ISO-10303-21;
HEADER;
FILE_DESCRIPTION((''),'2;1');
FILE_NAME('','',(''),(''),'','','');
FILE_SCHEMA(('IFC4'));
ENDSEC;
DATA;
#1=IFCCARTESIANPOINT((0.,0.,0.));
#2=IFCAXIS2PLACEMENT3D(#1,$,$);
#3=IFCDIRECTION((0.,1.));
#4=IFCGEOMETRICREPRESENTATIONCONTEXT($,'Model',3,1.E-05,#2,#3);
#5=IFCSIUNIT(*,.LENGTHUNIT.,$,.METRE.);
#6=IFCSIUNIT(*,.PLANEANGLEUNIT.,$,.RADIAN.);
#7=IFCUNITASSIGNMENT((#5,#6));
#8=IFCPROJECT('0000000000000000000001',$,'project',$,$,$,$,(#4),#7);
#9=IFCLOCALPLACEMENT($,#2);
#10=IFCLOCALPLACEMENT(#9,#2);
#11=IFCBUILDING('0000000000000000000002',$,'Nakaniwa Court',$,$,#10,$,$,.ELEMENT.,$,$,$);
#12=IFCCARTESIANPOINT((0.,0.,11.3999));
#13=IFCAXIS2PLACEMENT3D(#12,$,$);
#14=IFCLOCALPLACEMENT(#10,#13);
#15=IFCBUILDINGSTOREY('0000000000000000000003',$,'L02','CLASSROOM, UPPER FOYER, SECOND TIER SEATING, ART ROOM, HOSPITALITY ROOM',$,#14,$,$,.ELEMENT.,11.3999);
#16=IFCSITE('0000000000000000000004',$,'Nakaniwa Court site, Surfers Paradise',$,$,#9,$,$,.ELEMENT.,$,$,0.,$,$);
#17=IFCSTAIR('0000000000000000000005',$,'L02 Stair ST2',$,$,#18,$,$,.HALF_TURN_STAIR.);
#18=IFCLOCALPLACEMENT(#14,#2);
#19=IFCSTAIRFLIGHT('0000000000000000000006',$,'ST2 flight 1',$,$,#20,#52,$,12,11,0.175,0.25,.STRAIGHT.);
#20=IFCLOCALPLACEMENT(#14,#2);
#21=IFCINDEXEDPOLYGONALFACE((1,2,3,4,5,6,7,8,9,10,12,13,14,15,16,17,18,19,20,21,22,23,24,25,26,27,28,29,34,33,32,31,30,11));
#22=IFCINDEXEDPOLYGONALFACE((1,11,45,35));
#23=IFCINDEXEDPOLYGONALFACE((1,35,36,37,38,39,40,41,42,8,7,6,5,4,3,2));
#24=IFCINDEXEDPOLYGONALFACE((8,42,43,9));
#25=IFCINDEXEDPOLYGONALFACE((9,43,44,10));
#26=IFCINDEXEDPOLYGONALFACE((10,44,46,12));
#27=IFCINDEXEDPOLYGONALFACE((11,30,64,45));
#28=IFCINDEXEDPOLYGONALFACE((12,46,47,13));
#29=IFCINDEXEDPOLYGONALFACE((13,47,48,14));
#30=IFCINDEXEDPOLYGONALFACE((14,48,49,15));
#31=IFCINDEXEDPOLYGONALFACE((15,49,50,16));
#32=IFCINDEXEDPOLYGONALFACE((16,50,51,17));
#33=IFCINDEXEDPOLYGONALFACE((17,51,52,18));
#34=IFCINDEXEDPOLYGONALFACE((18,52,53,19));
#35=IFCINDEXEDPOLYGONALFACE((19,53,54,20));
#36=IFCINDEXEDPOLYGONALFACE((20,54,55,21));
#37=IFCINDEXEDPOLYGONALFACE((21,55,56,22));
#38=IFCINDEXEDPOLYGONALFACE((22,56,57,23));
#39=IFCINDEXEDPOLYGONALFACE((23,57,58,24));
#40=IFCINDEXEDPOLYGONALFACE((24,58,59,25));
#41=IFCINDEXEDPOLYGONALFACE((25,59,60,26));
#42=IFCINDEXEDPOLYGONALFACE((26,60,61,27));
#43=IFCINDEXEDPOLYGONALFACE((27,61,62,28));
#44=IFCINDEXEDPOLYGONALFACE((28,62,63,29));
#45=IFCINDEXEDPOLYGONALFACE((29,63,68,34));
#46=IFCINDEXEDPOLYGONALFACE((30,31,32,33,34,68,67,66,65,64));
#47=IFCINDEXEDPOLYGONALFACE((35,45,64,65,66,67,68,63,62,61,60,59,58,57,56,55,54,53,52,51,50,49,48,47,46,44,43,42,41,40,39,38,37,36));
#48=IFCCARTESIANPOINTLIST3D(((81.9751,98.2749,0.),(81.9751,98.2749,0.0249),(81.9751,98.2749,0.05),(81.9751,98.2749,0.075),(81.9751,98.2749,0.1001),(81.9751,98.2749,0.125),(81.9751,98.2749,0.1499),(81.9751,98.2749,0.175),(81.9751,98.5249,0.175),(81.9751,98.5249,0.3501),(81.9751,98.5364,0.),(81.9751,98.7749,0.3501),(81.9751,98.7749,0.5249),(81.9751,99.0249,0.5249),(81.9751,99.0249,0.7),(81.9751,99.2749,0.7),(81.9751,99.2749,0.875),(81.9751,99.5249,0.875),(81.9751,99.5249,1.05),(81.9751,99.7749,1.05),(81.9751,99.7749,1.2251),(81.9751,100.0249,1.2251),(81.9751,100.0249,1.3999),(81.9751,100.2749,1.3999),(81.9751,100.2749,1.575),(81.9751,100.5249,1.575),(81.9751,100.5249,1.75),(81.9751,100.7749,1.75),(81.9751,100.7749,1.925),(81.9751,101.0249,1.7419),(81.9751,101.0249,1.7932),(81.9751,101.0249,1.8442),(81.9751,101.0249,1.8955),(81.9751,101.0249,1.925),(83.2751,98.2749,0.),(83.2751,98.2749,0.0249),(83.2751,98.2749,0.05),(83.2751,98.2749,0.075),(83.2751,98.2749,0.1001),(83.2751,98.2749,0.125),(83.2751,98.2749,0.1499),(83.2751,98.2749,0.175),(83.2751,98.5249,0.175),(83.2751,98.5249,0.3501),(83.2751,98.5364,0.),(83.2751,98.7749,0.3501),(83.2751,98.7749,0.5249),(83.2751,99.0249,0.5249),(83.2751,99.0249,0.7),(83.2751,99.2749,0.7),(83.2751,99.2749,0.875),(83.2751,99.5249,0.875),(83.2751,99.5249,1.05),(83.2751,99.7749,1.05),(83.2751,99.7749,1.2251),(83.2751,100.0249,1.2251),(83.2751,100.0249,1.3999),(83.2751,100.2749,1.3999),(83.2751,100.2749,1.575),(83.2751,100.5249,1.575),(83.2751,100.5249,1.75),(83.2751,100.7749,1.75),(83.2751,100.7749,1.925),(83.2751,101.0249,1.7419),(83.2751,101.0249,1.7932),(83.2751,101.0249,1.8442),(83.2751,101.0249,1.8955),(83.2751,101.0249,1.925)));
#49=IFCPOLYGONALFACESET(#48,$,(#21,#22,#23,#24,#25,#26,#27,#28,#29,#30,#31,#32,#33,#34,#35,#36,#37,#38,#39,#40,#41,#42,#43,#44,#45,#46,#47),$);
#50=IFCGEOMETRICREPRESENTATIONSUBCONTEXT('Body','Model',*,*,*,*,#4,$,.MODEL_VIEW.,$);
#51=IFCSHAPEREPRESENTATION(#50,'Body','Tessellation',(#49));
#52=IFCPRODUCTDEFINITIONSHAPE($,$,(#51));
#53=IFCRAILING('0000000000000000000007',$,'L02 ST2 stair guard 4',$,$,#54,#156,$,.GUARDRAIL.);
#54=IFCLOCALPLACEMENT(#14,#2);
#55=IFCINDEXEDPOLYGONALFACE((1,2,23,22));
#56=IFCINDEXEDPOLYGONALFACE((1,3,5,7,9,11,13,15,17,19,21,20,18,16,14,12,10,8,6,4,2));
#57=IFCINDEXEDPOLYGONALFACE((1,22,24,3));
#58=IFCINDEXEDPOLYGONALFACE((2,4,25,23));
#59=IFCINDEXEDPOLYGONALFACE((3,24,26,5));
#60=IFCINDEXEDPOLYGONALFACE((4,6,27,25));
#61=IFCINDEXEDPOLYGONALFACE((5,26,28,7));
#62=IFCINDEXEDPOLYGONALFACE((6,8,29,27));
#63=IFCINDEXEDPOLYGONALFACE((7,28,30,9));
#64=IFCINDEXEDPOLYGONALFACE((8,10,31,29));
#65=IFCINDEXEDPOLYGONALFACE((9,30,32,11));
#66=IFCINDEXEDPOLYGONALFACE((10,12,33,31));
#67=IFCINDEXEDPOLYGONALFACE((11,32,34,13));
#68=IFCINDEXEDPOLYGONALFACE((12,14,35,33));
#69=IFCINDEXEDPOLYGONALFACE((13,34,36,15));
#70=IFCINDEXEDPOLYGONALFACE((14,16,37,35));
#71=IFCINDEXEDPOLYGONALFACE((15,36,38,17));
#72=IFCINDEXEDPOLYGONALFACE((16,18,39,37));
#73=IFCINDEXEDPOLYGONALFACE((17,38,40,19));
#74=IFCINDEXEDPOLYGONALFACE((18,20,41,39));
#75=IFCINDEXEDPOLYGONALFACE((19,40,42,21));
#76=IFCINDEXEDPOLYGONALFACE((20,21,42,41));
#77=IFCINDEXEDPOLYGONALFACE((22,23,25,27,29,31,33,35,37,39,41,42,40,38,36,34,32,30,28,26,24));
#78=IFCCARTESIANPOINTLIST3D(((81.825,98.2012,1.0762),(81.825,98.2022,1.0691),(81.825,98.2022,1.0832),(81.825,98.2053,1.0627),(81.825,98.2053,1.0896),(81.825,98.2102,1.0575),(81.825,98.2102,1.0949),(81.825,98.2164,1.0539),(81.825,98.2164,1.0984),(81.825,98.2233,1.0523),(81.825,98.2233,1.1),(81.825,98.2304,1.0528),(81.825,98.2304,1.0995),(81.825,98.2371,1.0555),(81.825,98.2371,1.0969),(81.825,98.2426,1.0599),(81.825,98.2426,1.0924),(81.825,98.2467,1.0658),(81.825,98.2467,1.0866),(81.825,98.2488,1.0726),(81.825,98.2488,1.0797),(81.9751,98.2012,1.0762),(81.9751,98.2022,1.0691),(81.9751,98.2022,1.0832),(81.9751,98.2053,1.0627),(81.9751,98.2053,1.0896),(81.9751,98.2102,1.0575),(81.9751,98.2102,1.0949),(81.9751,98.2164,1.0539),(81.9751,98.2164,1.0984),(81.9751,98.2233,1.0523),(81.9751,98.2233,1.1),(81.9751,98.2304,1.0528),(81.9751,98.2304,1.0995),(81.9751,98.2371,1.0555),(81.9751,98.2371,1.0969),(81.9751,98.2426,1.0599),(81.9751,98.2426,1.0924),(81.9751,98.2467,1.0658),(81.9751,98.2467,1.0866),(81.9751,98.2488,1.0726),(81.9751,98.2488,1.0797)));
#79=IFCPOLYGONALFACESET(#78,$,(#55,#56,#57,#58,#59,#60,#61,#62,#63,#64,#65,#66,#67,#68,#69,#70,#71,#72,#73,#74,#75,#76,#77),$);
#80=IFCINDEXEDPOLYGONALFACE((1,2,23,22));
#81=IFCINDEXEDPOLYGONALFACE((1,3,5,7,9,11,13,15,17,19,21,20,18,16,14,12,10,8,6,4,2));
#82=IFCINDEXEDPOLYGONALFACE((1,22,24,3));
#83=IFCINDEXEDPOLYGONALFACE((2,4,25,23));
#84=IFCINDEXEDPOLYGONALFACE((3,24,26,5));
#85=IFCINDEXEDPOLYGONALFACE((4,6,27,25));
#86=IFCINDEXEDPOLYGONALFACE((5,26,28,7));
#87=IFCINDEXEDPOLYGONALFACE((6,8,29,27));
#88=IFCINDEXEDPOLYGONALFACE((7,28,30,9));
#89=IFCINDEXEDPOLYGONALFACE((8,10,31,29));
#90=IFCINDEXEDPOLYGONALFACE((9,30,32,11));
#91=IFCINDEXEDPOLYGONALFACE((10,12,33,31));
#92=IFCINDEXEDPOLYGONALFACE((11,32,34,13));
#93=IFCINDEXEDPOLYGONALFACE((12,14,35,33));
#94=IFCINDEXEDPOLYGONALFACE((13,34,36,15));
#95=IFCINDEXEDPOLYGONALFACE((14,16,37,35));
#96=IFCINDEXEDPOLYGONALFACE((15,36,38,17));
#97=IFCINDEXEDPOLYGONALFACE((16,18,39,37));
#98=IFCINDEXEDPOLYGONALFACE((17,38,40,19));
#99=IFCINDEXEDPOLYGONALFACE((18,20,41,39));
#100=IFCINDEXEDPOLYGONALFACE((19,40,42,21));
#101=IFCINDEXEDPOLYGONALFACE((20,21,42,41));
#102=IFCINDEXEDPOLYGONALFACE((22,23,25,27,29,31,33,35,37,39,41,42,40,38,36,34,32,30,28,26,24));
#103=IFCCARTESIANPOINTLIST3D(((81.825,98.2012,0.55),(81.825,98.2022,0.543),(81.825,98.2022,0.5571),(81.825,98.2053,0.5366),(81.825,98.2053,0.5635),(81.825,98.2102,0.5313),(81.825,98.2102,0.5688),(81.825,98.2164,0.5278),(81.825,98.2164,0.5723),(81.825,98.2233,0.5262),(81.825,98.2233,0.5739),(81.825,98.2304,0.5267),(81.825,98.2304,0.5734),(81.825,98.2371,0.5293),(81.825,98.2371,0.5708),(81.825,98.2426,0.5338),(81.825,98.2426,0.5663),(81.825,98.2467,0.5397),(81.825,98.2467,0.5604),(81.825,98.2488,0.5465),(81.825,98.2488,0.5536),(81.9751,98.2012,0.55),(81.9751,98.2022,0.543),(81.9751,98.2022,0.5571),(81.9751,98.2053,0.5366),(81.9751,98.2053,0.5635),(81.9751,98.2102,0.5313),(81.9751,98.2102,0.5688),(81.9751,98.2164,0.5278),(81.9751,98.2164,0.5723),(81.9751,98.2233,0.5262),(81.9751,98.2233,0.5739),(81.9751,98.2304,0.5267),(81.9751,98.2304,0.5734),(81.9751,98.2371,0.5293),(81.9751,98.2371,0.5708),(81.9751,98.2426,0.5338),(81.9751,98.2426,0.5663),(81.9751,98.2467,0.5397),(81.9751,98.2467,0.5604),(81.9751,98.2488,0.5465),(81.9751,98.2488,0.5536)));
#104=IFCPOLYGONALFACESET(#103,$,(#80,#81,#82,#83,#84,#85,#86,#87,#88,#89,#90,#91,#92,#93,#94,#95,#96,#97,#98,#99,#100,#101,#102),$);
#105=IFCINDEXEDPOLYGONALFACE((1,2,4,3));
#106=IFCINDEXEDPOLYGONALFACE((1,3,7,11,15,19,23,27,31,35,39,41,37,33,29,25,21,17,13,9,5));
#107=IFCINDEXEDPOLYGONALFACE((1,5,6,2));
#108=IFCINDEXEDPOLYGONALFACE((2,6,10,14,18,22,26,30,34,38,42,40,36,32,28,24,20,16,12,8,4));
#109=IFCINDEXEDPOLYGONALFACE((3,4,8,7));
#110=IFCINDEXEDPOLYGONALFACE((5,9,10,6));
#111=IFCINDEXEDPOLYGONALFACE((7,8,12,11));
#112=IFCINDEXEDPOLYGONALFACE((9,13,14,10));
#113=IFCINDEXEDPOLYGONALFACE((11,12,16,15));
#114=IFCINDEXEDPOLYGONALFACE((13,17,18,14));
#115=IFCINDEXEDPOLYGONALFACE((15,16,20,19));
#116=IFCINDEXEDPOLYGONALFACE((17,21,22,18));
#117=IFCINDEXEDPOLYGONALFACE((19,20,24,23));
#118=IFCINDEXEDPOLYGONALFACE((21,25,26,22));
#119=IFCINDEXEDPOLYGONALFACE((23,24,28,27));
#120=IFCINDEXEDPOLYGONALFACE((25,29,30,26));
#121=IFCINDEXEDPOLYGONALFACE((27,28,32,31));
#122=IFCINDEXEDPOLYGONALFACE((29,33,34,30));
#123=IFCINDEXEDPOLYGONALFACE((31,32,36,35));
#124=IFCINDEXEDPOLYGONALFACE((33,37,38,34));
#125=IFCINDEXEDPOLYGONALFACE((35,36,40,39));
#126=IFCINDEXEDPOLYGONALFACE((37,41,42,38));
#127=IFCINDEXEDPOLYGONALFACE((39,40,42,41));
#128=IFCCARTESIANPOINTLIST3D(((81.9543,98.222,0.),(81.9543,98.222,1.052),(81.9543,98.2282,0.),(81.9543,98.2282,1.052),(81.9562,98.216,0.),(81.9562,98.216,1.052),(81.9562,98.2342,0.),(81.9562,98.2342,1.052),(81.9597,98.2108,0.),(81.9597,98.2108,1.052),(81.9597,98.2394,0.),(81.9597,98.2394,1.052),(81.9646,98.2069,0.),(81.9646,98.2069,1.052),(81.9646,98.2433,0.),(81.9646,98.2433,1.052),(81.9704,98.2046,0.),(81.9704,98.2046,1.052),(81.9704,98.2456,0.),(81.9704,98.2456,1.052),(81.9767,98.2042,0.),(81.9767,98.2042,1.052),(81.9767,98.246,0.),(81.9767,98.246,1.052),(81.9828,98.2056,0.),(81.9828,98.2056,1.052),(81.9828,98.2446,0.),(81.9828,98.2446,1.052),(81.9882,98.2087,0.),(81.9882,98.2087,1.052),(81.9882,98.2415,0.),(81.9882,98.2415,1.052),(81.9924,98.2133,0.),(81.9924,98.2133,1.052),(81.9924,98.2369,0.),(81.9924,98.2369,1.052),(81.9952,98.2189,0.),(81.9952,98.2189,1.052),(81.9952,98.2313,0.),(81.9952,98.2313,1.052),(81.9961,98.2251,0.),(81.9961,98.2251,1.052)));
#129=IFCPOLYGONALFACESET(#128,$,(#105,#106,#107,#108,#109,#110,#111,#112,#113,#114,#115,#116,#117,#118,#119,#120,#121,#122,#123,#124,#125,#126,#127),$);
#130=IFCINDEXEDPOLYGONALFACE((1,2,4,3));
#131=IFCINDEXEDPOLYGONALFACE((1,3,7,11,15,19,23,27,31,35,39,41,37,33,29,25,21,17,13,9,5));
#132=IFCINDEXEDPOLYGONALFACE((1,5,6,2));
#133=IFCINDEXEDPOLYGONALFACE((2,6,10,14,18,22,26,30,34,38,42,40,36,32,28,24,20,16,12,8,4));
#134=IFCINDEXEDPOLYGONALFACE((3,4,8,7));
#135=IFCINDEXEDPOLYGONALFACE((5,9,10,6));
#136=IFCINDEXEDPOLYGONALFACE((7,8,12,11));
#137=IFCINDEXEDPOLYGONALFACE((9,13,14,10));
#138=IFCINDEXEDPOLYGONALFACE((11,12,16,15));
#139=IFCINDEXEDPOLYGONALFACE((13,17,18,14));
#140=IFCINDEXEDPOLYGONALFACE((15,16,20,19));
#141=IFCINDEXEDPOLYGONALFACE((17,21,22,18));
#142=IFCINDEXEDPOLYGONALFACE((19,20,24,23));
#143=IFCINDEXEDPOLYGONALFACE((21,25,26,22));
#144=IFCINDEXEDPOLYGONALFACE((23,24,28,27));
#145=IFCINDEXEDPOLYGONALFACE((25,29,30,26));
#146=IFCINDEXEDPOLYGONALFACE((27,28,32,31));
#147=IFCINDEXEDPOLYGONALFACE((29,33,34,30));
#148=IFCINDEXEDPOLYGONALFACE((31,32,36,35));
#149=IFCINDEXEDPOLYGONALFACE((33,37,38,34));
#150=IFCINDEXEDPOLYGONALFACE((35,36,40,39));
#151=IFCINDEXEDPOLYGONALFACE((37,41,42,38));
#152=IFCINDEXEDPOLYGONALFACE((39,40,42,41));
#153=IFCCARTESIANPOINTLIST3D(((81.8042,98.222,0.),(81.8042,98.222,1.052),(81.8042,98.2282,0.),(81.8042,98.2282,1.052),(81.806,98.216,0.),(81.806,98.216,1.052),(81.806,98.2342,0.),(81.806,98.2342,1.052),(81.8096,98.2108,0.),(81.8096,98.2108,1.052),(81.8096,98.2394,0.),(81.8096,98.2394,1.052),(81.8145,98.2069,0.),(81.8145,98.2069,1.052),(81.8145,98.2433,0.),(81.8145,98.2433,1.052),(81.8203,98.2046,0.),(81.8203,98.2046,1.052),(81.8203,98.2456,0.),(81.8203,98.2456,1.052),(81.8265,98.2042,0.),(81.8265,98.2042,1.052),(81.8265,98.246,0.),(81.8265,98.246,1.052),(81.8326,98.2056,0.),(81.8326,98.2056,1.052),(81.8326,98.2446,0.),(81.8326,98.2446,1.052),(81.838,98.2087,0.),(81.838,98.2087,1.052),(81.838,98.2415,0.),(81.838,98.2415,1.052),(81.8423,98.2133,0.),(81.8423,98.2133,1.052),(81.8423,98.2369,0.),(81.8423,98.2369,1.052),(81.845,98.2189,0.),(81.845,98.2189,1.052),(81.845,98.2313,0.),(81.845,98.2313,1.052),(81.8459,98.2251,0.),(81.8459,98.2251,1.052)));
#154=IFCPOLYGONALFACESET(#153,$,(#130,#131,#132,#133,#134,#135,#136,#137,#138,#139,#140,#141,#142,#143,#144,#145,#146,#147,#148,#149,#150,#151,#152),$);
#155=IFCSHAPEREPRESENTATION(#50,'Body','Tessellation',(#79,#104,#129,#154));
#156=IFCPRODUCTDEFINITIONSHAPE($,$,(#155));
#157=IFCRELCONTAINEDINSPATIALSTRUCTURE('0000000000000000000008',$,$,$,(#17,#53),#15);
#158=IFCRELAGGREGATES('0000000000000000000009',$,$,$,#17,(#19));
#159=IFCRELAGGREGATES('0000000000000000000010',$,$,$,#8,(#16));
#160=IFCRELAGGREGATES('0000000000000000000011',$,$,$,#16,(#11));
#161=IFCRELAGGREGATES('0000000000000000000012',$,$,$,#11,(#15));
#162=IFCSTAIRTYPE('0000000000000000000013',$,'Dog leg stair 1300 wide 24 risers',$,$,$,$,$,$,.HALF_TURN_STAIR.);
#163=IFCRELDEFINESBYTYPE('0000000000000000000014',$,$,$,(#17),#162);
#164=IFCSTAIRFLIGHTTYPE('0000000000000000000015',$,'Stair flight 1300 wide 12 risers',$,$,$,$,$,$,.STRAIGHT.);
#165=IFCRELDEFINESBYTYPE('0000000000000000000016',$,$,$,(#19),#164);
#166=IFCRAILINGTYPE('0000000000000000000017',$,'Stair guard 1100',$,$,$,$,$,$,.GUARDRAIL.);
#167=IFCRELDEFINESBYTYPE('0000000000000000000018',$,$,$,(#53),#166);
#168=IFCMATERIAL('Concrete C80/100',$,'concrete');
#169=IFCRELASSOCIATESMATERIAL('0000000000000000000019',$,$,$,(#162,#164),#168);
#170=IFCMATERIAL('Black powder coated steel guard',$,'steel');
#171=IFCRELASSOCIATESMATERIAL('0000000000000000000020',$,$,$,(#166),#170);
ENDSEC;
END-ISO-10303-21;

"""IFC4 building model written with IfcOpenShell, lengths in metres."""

from ifc_helpers import new_model, si_unit, direction, frame, origin, origin_2d, place, context, subcontext, project, spatial, polyline, circle, outline, extrude, material, type_object, element, aggregate, save


model = new_model("IFC4")

# Units and contexts
model_context = context("Model", 3, precision=1e-05, world=origin(), true_north=direction((0.0, 1.0)))
body_context = subcontext(model_context, "Body", "Model", "MODEL_VIEW")
ifc_project = project(units=[si_unit("LENGTHUNIT", "METRE"), si_unit("PLANEANGLEUNIT", "RADIAN")], contexts=[model_context])

# Site, building, storey
site_placement = place(None, origin())
site = spatial("IfcSite", under=ifc_project, at=site_placement, Name="Nakaniwa Court site, Surfers Paradise", CompositionType="ELEMENT", RefElevation=0.0)
building_placement = place(site_placement, origin())
building = spatial("IfcBuilding", under=site, at=building_placement, Name="Nakaniwa Court", CompositionType="ELEMENT")
storey_placement = place(building_placement, frame((0.0, 0.0, 11.3999)))
storey = spatial("IfcBuildingStorey", under=building, at=storey_placement, Name="L02", Description="CLASSROOM, UPPER FOYER, SECOND TIER SEATING, ART ROOM, HOSPITALITY ROOM", CompositionType="ELEMENT", Elevation=11.3999)

# Stair, stair flight
ifc_material_1 = material(Name="Concrete C80/100", Category="concrete")
stair_type = type_object("IfcStairType", Name="Dog leg stair 1300 wide 24 risers", PredefinedType="HALF_TURN_STAIR", material=ifc_material_1)
stair_placement = place(storey_placement, origin())
stair = element("IfcStair", 1, at=stair_placement, inside=storey, type_object=stair_type, Name="L02 Stair ST2", PredefinedType="HALF_TURN_STAIR")
stair_flight_type = type_object("IfcStairFlightType", Name="Stair flight 1300 wide 12 risers", PredefinedType="STRAIGHT", material=ifc_material_1)
stair_flight_placement = place(storey_placement, frame((82.625, 98.2749, 0.0), z_axis=(0.0, 0.0, 1.0), x_axis=(0.0, 1.0, 0.0)))
stair_flight = element("IfcStairFlight", 2, at=stair_flight_placement, type_object=stair_flight_type, Name="ST2 flight 1", NumberOfRisers=12, NumberOfTreads=11, PredefinedType="STRAIGHT", RiserHeight=0.175, TreadLength=0.25, context=body_context, shape_type="SweptSolid", body=[
    extrude(outline(polyline([(0.0, 0.0), (0.0, 0.0249), (0.0, 0.05), (0.0, 0.075), (0.0, 0.1001), (0.0, 0.125), (0.0, 0.1499), (0.0, 0.175), (0.25, 0.175), (0.25, 0.3501), (0.5, 0.3501), (0.5, 0.5249), (0.75, 0.5249), (0.75, 0.7), (1.0, 0.7), (1.0, 0.875), (1.25, 0.875), (1.25, 1.05), (1.5, 1.05), (1.5, 1.2251), (1.75, 1.2251), (1.75, 1.3999), (2.0, 1.3999), (2.0, 1.575), (2.25, 1.575), (2.25, 1.75), (2.5, 1.75), (2.5, 1.925), (2.75, 1.925), (2.75, 2.1001), (2.75, 2.0488), (2.75, 1.9978), (2.75, 1.9465), (2.75, 1.8955), (2.75, 1.8442), (2.75, 1.7932), (2.75, 1.7419), (0.2615, 0.0), (0.0, 0.0)])), frame((0.0, 0.6499, 0.0), z_axis=(0.0, -1.0, 0.0), x_axis=(1.0, 0.0, 0.0)), (0.0, 0.0, 1.0), 1.3),
])
aggregate(stair, [stair_flight])

# Railing
ifc_material_2 = material(Name="Black powder coated steel guard", Category="steel")
railing_type_1 = type_object("IfcRailingType", Name="Stair guard 1100", PredefinedType="GUARDRAIL", material=ifc_material_2)
railing_1_placement = place(storey_placement, frame((81.9751, 98.2251, 0.0)))
element("IfcRailing", 3, at=railing_1_placement, inside=storey, type_object=railing_type_1, Name="L02 ST2 stair guard 4", PredefinedType="GUARDRAIL", context=body_context, shape_type="SweptSolid", body=[
    extrude(circle(Radius=0.0239, at=origin_2d()), frame((0.0, 0.0, 1.0762), z_axis=(-1.0, 0.0, 0.0), x_axis=(0.0, -1.0, 0.0)), (0.0, 0.0, 1.0), 0.1501),
    extrude(circle(Radius=0.0239, at=origin_2d()), frame((0.0, 0.0, 0.55), z_axis=(-1.0, 0.0, 0.0), x_axis=(0.0, -1.0, 0.0)), (0.0, 0.0, 1.0), 0.1501),
    extrude(circle(Radius=0.021, at=origin_2d()), origin(), (0.0, 0.0, 1.0), 1.052),
    extrude(circle(Radius=0.021, at=origin_2d()), frame((-0.1501, 0.0, 0.0)), (0.0, 0.0, 1.0), 1.052),
])

save(model, "model.ifc")
